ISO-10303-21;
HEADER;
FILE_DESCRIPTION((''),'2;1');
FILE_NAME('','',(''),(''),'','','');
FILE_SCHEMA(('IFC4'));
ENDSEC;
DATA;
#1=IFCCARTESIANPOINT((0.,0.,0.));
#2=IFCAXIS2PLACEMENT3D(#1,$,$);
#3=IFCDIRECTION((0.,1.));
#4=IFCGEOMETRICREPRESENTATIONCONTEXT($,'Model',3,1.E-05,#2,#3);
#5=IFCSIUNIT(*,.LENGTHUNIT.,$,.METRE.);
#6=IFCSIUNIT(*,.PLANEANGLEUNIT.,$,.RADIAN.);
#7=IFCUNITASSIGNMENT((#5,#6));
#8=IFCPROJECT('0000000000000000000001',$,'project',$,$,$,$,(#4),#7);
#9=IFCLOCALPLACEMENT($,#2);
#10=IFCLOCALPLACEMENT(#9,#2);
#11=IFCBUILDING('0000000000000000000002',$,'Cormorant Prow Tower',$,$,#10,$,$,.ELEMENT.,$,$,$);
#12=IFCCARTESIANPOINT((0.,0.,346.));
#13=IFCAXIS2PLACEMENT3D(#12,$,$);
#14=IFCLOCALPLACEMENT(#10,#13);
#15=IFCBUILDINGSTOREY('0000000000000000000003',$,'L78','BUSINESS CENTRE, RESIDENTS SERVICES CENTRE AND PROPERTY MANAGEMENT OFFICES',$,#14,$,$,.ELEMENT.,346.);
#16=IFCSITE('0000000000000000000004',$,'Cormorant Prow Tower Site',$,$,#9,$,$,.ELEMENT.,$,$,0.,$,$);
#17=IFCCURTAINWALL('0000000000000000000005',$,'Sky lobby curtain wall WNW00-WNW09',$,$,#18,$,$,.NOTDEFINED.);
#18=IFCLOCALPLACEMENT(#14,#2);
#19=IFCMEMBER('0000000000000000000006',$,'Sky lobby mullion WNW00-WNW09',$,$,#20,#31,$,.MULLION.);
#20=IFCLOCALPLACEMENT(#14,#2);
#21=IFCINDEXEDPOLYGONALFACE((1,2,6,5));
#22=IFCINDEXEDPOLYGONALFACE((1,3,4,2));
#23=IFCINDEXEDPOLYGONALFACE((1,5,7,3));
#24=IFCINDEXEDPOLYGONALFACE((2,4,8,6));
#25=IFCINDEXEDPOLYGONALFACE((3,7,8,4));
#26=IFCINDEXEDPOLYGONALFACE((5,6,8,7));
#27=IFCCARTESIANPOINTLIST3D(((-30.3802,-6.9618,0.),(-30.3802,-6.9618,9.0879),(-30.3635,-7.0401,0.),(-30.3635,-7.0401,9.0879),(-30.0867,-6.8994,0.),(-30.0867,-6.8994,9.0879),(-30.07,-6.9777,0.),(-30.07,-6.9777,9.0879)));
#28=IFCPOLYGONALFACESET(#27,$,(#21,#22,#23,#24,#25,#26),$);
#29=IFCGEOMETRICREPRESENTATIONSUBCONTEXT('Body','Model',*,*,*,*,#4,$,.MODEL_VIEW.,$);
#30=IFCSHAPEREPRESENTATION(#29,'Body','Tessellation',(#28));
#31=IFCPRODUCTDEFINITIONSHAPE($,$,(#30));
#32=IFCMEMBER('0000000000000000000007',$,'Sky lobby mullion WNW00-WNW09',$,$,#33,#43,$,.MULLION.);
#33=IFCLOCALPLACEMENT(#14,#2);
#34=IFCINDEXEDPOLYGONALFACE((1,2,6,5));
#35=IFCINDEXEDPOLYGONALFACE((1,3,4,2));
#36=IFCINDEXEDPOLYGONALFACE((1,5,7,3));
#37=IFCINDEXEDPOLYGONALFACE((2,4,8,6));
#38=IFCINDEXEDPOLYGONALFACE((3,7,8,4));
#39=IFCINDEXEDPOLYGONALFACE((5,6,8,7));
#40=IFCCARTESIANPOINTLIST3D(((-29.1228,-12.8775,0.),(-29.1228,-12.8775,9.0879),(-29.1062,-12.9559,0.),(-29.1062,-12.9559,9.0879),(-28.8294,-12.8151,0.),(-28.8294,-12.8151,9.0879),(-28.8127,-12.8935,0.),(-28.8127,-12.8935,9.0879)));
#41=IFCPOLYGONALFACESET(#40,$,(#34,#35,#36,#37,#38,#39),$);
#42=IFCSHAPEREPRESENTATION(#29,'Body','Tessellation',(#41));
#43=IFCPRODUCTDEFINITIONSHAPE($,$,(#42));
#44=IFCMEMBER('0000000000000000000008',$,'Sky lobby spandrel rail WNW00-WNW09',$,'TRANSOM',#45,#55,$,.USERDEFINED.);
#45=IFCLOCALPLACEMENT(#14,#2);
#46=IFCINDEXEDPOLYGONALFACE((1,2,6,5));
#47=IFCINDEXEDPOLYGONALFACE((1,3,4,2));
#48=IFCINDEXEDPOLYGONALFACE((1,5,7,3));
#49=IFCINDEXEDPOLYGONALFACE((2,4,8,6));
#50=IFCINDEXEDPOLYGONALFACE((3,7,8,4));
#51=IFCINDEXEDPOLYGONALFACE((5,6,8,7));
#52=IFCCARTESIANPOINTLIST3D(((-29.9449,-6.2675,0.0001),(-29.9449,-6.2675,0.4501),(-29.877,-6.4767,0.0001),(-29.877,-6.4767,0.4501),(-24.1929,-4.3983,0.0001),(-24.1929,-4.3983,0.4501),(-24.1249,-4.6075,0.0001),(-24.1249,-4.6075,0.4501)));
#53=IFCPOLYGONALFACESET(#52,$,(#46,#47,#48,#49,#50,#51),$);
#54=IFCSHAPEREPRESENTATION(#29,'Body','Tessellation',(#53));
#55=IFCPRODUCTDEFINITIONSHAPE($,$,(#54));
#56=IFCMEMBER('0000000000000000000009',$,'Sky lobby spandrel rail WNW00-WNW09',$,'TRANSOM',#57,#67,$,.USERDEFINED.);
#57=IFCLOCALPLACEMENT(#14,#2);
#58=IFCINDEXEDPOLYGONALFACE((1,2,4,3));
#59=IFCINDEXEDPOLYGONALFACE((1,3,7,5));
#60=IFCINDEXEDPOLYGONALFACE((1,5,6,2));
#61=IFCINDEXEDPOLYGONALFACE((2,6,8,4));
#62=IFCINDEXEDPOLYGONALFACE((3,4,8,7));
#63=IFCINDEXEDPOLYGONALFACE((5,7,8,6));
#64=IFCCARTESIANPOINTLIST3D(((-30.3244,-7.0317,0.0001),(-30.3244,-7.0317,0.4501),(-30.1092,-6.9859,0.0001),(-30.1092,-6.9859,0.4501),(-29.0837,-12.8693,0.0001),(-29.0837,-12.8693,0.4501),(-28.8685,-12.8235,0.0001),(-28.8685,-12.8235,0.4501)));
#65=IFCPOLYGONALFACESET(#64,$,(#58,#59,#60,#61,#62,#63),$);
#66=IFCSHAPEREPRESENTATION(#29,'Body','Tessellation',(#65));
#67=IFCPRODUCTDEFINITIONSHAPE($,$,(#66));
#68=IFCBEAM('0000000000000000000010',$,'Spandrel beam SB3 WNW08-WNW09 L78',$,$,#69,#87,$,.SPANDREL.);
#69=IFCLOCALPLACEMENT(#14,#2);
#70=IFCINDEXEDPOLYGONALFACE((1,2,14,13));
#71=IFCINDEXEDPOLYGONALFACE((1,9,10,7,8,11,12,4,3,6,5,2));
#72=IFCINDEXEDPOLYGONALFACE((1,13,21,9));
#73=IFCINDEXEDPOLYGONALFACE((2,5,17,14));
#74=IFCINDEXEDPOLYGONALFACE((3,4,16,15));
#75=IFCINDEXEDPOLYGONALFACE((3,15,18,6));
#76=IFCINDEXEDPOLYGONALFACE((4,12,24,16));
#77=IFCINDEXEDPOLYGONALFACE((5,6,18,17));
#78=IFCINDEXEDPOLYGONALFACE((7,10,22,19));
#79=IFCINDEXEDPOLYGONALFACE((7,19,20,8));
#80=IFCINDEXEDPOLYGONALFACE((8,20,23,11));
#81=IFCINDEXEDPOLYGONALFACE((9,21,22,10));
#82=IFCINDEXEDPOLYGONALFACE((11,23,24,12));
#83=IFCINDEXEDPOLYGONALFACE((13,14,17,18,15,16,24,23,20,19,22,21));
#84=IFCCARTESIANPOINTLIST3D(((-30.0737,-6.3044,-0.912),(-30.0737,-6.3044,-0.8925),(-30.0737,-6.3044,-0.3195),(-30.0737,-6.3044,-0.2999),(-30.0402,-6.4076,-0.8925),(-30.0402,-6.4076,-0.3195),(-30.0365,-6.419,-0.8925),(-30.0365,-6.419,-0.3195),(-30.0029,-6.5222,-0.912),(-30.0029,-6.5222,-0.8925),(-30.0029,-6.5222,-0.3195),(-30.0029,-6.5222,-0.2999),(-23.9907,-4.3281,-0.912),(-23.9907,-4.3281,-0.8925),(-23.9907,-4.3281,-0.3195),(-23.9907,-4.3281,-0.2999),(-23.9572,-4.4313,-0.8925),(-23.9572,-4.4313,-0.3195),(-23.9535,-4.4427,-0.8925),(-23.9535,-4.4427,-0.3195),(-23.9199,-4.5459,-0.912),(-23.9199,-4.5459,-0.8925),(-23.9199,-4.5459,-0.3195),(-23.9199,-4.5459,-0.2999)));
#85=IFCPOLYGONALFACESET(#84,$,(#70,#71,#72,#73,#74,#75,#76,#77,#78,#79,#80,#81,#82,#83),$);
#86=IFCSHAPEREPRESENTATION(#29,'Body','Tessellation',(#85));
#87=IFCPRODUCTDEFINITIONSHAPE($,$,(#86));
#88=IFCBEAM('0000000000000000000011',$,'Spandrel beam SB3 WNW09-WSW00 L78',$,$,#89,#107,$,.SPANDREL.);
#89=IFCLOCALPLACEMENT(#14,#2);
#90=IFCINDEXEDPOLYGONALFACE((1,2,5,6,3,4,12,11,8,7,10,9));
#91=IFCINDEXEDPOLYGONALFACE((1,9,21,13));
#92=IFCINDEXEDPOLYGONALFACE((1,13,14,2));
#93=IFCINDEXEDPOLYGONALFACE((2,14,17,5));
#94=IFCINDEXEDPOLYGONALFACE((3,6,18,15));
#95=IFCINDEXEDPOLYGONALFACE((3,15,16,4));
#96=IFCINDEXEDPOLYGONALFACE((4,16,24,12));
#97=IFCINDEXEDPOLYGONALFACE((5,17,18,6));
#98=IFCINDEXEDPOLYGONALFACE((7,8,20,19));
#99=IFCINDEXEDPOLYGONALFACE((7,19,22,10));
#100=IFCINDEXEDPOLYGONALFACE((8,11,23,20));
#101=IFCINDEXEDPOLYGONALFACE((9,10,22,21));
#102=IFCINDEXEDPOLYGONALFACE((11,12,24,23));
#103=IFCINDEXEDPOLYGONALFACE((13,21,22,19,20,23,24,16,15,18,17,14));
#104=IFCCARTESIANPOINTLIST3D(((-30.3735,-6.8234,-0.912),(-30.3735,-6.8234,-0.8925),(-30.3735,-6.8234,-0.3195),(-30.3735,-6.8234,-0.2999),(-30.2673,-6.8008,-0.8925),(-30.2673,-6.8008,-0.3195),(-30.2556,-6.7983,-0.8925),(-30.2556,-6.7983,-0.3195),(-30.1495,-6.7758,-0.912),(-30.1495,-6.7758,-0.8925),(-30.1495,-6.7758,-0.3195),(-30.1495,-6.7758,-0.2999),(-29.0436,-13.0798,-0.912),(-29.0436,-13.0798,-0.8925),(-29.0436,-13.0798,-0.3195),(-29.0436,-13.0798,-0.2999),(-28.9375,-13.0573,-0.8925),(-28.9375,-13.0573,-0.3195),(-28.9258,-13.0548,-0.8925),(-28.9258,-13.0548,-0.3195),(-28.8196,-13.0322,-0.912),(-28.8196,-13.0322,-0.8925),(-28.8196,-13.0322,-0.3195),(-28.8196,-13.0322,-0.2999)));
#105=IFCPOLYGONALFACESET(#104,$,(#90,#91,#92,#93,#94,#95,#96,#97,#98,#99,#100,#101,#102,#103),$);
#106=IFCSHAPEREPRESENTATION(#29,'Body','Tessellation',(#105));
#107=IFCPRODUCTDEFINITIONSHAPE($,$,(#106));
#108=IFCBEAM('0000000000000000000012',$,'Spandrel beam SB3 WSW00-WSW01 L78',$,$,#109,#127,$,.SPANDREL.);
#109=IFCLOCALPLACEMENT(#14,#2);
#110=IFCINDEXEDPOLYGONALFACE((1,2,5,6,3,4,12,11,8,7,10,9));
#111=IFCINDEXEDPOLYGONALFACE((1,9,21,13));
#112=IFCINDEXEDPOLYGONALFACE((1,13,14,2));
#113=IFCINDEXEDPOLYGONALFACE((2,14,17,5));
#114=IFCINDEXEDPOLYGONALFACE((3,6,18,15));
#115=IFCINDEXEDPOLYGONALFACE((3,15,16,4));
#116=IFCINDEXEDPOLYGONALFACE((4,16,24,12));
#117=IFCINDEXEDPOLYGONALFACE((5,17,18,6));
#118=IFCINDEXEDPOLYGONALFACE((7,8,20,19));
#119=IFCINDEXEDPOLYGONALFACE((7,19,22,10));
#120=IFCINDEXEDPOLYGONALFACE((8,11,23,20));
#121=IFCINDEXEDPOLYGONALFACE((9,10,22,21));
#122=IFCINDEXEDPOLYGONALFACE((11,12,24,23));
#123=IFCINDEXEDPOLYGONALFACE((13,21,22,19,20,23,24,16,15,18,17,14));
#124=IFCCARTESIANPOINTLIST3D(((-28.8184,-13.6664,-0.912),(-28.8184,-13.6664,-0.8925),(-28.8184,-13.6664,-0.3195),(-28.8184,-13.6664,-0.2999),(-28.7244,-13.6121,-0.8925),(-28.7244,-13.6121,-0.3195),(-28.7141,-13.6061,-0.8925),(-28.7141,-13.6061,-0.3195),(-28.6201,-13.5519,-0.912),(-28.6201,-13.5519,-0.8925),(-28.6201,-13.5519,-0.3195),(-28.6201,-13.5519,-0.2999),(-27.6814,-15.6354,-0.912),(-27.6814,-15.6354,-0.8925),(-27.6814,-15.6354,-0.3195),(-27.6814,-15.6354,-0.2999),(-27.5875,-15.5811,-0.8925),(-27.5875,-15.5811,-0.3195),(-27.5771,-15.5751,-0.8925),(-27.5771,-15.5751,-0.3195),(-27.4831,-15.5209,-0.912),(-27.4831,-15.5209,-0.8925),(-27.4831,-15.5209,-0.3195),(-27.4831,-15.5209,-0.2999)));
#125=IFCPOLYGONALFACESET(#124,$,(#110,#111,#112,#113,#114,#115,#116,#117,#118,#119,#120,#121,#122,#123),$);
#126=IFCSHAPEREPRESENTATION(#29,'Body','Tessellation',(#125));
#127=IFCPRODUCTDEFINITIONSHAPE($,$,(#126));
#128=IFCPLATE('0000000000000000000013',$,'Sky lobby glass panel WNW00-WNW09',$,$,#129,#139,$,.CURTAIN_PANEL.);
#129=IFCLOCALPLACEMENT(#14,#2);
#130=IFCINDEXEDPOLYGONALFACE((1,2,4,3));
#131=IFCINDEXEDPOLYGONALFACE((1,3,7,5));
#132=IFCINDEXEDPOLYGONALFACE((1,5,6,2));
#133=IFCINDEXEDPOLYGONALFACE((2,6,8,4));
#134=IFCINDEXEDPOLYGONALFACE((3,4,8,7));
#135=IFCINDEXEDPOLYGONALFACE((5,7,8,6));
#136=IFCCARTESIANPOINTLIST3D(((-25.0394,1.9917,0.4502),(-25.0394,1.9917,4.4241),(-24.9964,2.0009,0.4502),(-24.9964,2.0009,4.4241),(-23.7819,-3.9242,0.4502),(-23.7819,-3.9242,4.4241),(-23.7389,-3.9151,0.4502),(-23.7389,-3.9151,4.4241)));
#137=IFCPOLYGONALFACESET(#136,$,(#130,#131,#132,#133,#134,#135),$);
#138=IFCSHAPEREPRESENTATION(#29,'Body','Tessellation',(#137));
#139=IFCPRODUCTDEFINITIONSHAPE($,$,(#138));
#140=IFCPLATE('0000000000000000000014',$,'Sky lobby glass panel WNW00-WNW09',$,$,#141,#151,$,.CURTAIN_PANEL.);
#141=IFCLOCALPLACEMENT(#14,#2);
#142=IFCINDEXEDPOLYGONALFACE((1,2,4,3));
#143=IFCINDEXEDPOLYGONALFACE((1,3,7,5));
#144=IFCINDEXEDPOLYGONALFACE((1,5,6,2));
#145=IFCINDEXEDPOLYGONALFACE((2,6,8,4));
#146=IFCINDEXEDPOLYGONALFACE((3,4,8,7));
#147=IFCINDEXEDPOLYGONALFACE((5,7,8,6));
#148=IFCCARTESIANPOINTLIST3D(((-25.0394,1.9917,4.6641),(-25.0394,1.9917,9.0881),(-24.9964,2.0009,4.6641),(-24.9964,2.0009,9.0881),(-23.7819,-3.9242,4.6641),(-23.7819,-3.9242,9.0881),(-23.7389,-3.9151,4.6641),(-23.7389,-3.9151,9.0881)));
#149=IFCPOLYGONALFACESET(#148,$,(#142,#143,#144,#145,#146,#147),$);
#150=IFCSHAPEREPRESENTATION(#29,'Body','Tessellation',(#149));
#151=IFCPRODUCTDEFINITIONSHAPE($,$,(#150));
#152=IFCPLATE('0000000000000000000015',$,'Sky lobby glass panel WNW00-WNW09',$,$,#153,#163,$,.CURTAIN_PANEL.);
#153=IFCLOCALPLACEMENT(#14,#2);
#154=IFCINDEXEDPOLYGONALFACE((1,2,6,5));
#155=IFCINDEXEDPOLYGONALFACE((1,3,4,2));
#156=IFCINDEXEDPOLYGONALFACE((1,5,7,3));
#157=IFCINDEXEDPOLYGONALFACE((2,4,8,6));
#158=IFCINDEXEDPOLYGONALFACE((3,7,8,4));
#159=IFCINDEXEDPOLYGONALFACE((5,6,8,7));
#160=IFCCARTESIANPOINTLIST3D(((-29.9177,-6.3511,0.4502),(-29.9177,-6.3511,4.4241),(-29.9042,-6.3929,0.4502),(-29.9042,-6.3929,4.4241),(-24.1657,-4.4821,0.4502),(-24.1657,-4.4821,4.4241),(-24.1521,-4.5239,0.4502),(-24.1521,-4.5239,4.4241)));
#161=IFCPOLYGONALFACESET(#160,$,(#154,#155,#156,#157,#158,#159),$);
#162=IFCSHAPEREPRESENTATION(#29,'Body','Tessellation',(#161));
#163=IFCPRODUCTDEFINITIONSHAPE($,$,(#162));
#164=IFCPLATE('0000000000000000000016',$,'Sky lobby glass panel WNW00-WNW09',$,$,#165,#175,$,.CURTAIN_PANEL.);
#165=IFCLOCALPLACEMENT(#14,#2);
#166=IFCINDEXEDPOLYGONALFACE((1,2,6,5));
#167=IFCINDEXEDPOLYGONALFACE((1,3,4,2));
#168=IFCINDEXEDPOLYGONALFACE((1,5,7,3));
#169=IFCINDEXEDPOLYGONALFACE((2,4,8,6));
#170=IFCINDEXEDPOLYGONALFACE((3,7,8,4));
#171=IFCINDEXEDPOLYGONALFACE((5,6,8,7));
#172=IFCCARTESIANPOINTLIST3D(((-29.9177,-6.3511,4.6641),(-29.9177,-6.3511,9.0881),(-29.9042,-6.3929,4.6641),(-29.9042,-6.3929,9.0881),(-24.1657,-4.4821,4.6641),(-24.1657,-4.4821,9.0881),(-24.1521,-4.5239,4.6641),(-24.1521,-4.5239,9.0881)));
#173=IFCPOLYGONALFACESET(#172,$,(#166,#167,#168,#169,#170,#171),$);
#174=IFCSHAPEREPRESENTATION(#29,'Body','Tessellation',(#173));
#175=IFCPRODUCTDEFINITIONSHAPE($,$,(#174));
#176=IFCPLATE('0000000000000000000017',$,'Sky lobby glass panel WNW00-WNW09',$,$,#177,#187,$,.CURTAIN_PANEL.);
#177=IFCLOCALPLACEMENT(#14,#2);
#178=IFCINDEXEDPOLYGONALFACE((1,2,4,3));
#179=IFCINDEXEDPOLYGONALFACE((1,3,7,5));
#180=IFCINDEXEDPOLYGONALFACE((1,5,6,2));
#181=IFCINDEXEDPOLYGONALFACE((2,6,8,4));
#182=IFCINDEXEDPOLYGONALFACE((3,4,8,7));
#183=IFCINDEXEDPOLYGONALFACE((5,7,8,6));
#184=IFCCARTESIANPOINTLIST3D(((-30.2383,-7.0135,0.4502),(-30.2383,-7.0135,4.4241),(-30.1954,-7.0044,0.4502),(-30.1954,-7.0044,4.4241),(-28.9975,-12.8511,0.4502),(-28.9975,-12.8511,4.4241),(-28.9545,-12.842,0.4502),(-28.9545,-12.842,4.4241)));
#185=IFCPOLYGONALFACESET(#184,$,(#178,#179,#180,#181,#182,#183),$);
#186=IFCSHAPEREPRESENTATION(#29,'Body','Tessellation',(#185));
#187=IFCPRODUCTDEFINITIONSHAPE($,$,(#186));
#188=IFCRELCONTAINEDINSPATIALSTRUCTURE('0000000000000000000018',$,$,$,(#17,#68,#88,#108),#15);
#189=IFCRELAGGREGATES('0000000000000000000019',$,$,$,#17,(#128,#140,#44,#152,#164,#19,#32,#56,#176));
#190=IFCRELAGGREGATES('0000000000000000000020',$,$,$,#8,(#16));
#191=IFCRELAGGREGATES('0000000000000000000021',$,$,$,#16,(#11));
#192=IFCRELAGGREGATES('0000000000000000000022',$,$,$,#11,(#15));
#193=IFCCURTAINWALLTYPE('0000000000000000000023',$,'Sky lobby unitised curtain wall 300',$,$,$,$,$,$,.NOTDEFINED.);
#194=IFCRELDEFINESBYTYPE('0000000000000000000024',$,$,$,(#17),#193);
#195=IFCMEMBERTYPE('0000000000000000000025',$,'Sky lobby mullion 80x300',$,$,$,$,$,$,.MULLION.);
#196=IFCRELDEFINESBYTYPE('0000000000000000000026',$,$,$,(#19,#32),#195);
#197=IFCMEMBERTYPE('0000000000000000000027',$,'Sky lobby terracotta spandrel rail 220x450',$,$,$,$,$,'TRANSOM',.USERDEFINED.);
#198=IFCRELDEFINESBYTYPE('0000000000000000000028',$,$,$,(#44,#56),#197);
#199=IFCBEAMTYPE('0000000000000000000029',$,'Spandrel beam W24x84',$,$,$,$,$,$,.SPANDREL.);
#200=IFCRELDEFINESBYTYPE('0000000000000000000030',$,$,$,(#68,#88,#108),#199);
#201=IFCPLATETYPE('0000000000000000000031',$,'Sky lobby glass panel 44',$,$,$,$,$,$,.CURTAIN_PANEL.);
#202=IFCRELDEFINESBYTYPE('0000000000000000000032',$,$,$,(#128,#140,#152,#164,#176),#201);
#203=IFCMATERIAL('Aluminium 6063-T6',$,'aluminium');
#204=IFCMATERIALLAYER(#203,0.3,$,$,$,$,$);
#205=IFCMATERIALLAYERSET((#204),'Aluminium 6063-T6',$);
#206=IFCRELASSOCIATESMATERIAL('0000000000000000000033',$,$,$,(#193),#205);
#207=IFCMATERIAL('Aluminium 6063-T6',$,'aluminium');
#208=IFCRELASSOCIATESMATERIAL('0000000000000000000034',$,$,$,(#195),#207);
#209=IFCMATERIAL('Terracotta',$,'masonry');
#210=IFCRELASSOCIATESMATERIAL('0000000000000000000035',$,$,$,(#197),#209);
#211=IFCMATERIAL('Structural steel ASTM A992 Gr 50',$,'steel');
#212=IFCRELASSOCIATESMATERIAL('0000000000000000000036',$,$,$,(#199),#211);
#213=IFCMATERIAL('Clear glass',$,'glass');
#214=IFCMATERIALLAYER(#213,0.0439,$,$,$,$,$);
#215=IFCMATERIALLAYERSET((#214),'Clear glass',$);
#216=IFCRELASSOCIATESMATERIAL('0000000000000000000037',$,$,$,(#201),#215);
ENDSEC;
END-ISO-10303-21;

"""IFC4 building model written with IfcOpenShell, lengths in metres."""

from ifc_helpers import new_model, si_unit, direction, frame, origin, origin_2d, place, context, subcontext, project, spatial, rectangle, i_section, extrude, material, layer, layer_set, material_profile, profile_set, type_object, element, aggregate, save


model = new_model("IFC4")

# Units and contexts
model_context = context("Model", 3, precision=1e-05, world=origin(), true_north=direction((0.0, 1.0)))
body_context = subcontext(model_context, "Body", "Model", "MODEL_VIEW")
ifc_project = project(units=[si_unit("LENGTHUNIT", "METRE"), si_unit("PLANEANGLEUNIT", "RADIAN")], contexts=[model_context])

# Site, building, storey
site_placement = place(None, origin())
site = spatial("IfcSite", under=ifc_project, at=site_placement, Name="Cormorant Prow Tower Site", CompositionType="ELEMENT", RefElevation=0.0)
building_placement = place(site_placement, origin())
building = spatial("IfcBuilding", under=site, at=building_placement, Name="Cormorant Prow Tower", CompositionType="ELEMENT")
storey_placement = place(building_placement, frame((0.0, 0.0, 346.0)))
storey = spatial("IfcBuildingStorey", under=building, at=storey_placement, Name="L78", Description="BUSINESS CENTRE, RESIDENTS SERVICES CENTRE AND PROPERTY MANAGEMENT OFFICES", CompositionType="ELEMENT", Elevation=346.0)

# Curtain wall, members
ifc_material_1 = material(Name="Aluminium 6063-T6", Category="aluminium")
ifc_layer_1 = layer(ifc_material_1, 0.3)
ifc_layer_set_1 = layer_set([ifc_layer_1], Name="Aluminium 6063-T6")
curtain_wall_type = type_object("IfcCurtainWallType", Name="Sky lobby unitised curtain wall 300", PredefinedType="NOTDEFINED", material=ifc_layer_set_1)
curtain_wall_placement = place(storey_placement, origin())
curtain_wall = element("IfcCurtainWall", 1, at=curtain_wall_placement, inside=storey, type_object=curtain_wall_type, Name="Sky lobby curtain wall WNW00-WNW09", PredefinedType="NOTDEFINED")
ifc_material_2 = material(Name="Aluminium 6063-T6", Category="aluminium")
ifc_material_profile_1 = material_profile(ifc_material_2, rectangle(XDim=0.3, YDim=0.0801, at=origin_2d()), Name="Sky lobby mullion 80x300")
ifc_profile_set_1 = profile_set([ifc_material_profile_1], Name="Aluminium 6063-T6")
member_type_1 = type_object("IfcMemberType", Name="Sky lobby mullion 80x300", PredefinedType="MULLION", material=ifc_profile_set_1)
member_1_placement = place(storey_placement, frame((-30.2251, -6.9697, 0.0), z_axis=(0.0, 0.0, 1.0), x_axis=(0.978148, 0.207912, 0.0)))
member_1 = element("IfcMember", 2, at=member_1_placement, type_object=member_type_1, Name="Sky lobby mullion WNW00-WNW09", PredefinedType="MULLION", context=body_context, shape_type="SweptSolid", body=[
    extrude(rectangle(XDim=0.3, YDim=0.0801, at=origin_2d()), origin(), (0.0, 0.0, 1.0), 9.0879),
])
member_2_placement = place(storey_placement, frame((-28.9678, -12.8855, 0.0), z_axis=(0.0, 0.0, 1.0), x_axis=(0.978148, 0.207912, 0.0)))
member_2 = element("IfcMember", 3, at=member_2_placement, type_object=member_type_1, Name="Sky lobby mullion WNW00-WNW09", PredefinedType="MULLION", context=body_context, shape_type="SweptSolid", body=[
    extrude(rectangle(XDim=0.3, YDim=0.0801, at=origin_2d()), origin(), (0.0, 0.0, 1.0), 9.0879),
])
ifc_material_3 = material(Name="Terracotta", Category="masonry")
ifc_material_profile_2 = material_profile(ifc_material_3, rectangle(XDim=0.22, YDim=0.45, at=origin_2d()), Name="Sky lobby terracotta spandrel rail 220x450")
ifc_profile_set_2 = profile_set([ifc_material_profile_2], Name="Terracotta")
member_type_2 = type_object("IfcMemberType", Name="Sky lobby terracotta spandrel rail 220x450", ElementType="TRANSOM", PredefinedType="USERDEFINED", material=ifc_profile_set_2)
member_3_placement = place(storey_placement, frame((-24.1589, -4.5029, 0.2251), z_axis=(-0.951046, -0.30905, 0.0), x_axis=(0.30905, -0.951046, 0.0)))
member_3 = element("IfcMember", 4, at=member_3_placement, type_object=member_type_2, Name="Sky lobby spandrel rail WNW00-WNW09", ObjectType="TRANSOM", PredefinedType="USERDEFINED", context=body_context, shape_type="SweptSolid", body=[
    extrude(rectangle(XDim=0.22, YDim=0.45, at=origin_2d()), origin(), (0.0, 0.0, 1.0), 6.0481),
])
member_4_placement = place(storey_placement, frame((-30.2168, -7.0088, 0.2251), z_axis=(0.207894, -0.978151, 0.0), x_axis=(0.978151, 0.207894, 0.0)))
member_4 = element("IfcMember", 5, at=member_4_placement, type_object=member_type_2, Name="Sky lobby spandrel rail WNW00-WNW09", ObjectType="TRANSOM", PredefinedType="USERDEFINED", context=body_context, shape_type="SweptSolid", body=[
    extrude(rectangle(XDim=0.22, YDim=0.45, at=origin_2d()), origin(), (0.0, 0.0, 1.0), 5.968),
])

# Beams
ifc_material_4 = material(Name="Structural steel ASTM A992 Gr 50", Category="steel")
ifc_material_profile_3 = material_profile(ifc_material_4, i_section(OverallWidth=0.229, OverallDepth=0.6121, WebThickness=0.012, FlangeThickness=0.0195, at=origin_2d()), Name="W24x84")
ifc_profile_set_3 = profile_set([ifc_material_profile_3], Name="Structural steel ASTM A992 Gr 50")
beam_type_1 = type_object("IfcBeamType", Name="Spandrel beam W24x84", PredefinedType="SPANDREL", material=ifc_profile_set_3)
beam_1_placement = place(storey_placement, frame((-23.9553, -4.437, -0.606), z_axis=(-0.951064, -0.308993, 0.0), x_axis=(0.308993, -0.951064, 0.0)))
element("IfcBeam", 6, at=beam_1_placement, inside=storey, type_object=beam_type_1, Name="Spandrel beam SB3 WNW08-WNW09 L78", PredefinedType="SPANDREL", context=body_context, shape_type="SweptSolid", body=[
    extrude(i_section(OverallWidth=0.229, OverallDepth=0.6121, WebThickness=0.012, FlangeThickness=0.0195, at=origin_2d()), origin(), (0.0, 0.0, 1.0), 6.396),
])
beam_2_placement = place(storey_placement, frame((-30.2615, -6.7996, -0.606), z_axis=(0.207913, -0.978147, 0.0), x_axis=(0.978147, 0.207913, 0.0)))
element("IfcBeam", 7, at=beam_2_placement, inside=storey, type_object=beam_type_1, Name="Spandrel beam SB3 WNW09-WSW00 L78", PredefinedType="SPANDREL", context=body_context, shape_type="SweptSolid", body=[
    extrude(i_section(OverallWidth=0.229, OverallDepth=0.6121, WebThickness=0.012, FlangeThickness=0.0195, at=origin_2d()), origin(), (0.0, 0.0, 1.0), 6.3962),
])
beam_3_placement = place(storey_placement, frame((-28.7192, -13.6091, -0.606), z_axis=(0.500054, -0.865994, 0.0), x_axis=(0.865994, 0.500054, 0.0)))
element("IfcBeam", 8, at=beam_3_placement, inside=storey, type_object=beam_type_1, Name="Spandrel beam SB3 WSW00-WSW01 L78", PredefinedType="SPANDREL", context=body_context, shape_type="SweptSolid", body=[
    extrude(i_section(OverallWidth=0.229, OverallDepth=0.6121, WebThickness=0.012, FlangeThickness=0.0195, at=origin_2d()), origin(), (0.0, 0.0, 1.0), 2.2737),
])

# Plates
ifc_material_5 = material(Name="Clear glass", Category="glass")
ifc_layer_2 = layer(ifc_material_5, 0.0439)
ifc_layer_set_2 = layer_set([ifc_layer_2], Name="Clear glass")
plate_type = type_object("IfcPlateType", Name="Sky lobby glass panel 44", PredefinedType="CURTAIN_PANEL", material=ifc_layer_set_2)
plate_1_placement = place(storey_placement, frame((-24.3892, -0.9617, 0.4502), z_axis=(0.0, 0.0, 1.0), x_axis=(0.207912, -0.978148, 0.0)))
plate_1 = element("IfcPlate", 9, at=plate_1_placement, type_object=plate_type, Name="Sky lobby glass panel WNW00-WNW09", PredefinedType="CURTAIN_PANEL", context=body_context, shape_type="SweptSolid", body=[
    extrude(rectangle(XDim=6.0481, YDim=0.0439, at=origin_2d()), origin(), (0.0, 0.0, 1.0), 3.9739),
])
plate_2_placement = place(storey_placement, frame((-24.3892, -0.9617, 4.6641), z_axis=(0.0, 0.0, 1.0), x_axis=(0.207912, -0.978148, 0.0)))
plate_2 = element("IfcPlate", 10, at=plate_2_placement, type_object=plate_type, Name="Sky lobby glass panel WNW00-WNW09", PredefinedType="CURTAIN_PANEL", context=body_context, shape_type="SweptSolid", body=[
    extrude(rectangle(XDim=6.0481, YDim=0.0439, at=origin_2d()), origin(), (0.0, 0.0, 1.0), 4.4241),
])
plate_3_placement = place(storey_placement, frame((-27.0349, -5.4375, 0.4502), z_axis=(0.0, 0.0, 1.0), x_axis=(-0.951057, -0.309017, 0.0)))
plate_3 = element("IfcPlate", 11, at=plate_3_placement, type_object=plate_type, Name="Sky lobby glass panel WNW00-WNW09", PredefinedType="CURTAIN_PANEL", context=body_context, shape_type="SweptSolid", body=[
    extrude(rectangle(XDim=6.0481, YDim=0.0439, at=origin_2d()), origin(), (0.0, 0.0, 1.0), 3.9739),
])
plate_4_placement = place(storey_placement, frame((-27.0349, -5.4375, 4.6641), z_axis=(0.0, 0.0, 1.0), x_axis=(-0.951057, -0.309017, 0.0)))
plate_4 = element("IfcPlate", 12, at=plate_4_placement, type_object=plate_type, Name="Sky lobby glass panel WNW00-WNW09", PredefinedType="CURTAIN_PANEL", context=body_context, shape_type="SweptSolid", body=[
    extrude(rectangle(XDim=6.0481, YDim=0.0439, at=origin_2d()), origin(), (0.0, 0.0, 1.0), 4.4241),
])
plate_5_placement = place(storey_placement, frame((-29.5964, -9.9277, 0.4502), z_axis=(0.0, 0.0, 1.0), x_axis=(0.207912, -0.978148, 0.0)))
plate_5 = element("IfcPlate", 13, at=plate_5_placement, type_object=plate_type, Name="Sky lobby glass panel WNW00-WNW09", PredefinedType="CURTAIN_PANEL", context=body_context, shape_type="SweptSolid", body=[
    extrude(rectangle(XDim=5.968, YDim=0.0439, at=origin_2d()), origin(), (0.0, 0.0, 1.0), 3.9739),
])
aggregate(curtain_wall, [plate_1, plate_2, member_3, plate_3, plate_4, member_1, member_2, member_4, plate_5])

save(model, "model.ifc")
